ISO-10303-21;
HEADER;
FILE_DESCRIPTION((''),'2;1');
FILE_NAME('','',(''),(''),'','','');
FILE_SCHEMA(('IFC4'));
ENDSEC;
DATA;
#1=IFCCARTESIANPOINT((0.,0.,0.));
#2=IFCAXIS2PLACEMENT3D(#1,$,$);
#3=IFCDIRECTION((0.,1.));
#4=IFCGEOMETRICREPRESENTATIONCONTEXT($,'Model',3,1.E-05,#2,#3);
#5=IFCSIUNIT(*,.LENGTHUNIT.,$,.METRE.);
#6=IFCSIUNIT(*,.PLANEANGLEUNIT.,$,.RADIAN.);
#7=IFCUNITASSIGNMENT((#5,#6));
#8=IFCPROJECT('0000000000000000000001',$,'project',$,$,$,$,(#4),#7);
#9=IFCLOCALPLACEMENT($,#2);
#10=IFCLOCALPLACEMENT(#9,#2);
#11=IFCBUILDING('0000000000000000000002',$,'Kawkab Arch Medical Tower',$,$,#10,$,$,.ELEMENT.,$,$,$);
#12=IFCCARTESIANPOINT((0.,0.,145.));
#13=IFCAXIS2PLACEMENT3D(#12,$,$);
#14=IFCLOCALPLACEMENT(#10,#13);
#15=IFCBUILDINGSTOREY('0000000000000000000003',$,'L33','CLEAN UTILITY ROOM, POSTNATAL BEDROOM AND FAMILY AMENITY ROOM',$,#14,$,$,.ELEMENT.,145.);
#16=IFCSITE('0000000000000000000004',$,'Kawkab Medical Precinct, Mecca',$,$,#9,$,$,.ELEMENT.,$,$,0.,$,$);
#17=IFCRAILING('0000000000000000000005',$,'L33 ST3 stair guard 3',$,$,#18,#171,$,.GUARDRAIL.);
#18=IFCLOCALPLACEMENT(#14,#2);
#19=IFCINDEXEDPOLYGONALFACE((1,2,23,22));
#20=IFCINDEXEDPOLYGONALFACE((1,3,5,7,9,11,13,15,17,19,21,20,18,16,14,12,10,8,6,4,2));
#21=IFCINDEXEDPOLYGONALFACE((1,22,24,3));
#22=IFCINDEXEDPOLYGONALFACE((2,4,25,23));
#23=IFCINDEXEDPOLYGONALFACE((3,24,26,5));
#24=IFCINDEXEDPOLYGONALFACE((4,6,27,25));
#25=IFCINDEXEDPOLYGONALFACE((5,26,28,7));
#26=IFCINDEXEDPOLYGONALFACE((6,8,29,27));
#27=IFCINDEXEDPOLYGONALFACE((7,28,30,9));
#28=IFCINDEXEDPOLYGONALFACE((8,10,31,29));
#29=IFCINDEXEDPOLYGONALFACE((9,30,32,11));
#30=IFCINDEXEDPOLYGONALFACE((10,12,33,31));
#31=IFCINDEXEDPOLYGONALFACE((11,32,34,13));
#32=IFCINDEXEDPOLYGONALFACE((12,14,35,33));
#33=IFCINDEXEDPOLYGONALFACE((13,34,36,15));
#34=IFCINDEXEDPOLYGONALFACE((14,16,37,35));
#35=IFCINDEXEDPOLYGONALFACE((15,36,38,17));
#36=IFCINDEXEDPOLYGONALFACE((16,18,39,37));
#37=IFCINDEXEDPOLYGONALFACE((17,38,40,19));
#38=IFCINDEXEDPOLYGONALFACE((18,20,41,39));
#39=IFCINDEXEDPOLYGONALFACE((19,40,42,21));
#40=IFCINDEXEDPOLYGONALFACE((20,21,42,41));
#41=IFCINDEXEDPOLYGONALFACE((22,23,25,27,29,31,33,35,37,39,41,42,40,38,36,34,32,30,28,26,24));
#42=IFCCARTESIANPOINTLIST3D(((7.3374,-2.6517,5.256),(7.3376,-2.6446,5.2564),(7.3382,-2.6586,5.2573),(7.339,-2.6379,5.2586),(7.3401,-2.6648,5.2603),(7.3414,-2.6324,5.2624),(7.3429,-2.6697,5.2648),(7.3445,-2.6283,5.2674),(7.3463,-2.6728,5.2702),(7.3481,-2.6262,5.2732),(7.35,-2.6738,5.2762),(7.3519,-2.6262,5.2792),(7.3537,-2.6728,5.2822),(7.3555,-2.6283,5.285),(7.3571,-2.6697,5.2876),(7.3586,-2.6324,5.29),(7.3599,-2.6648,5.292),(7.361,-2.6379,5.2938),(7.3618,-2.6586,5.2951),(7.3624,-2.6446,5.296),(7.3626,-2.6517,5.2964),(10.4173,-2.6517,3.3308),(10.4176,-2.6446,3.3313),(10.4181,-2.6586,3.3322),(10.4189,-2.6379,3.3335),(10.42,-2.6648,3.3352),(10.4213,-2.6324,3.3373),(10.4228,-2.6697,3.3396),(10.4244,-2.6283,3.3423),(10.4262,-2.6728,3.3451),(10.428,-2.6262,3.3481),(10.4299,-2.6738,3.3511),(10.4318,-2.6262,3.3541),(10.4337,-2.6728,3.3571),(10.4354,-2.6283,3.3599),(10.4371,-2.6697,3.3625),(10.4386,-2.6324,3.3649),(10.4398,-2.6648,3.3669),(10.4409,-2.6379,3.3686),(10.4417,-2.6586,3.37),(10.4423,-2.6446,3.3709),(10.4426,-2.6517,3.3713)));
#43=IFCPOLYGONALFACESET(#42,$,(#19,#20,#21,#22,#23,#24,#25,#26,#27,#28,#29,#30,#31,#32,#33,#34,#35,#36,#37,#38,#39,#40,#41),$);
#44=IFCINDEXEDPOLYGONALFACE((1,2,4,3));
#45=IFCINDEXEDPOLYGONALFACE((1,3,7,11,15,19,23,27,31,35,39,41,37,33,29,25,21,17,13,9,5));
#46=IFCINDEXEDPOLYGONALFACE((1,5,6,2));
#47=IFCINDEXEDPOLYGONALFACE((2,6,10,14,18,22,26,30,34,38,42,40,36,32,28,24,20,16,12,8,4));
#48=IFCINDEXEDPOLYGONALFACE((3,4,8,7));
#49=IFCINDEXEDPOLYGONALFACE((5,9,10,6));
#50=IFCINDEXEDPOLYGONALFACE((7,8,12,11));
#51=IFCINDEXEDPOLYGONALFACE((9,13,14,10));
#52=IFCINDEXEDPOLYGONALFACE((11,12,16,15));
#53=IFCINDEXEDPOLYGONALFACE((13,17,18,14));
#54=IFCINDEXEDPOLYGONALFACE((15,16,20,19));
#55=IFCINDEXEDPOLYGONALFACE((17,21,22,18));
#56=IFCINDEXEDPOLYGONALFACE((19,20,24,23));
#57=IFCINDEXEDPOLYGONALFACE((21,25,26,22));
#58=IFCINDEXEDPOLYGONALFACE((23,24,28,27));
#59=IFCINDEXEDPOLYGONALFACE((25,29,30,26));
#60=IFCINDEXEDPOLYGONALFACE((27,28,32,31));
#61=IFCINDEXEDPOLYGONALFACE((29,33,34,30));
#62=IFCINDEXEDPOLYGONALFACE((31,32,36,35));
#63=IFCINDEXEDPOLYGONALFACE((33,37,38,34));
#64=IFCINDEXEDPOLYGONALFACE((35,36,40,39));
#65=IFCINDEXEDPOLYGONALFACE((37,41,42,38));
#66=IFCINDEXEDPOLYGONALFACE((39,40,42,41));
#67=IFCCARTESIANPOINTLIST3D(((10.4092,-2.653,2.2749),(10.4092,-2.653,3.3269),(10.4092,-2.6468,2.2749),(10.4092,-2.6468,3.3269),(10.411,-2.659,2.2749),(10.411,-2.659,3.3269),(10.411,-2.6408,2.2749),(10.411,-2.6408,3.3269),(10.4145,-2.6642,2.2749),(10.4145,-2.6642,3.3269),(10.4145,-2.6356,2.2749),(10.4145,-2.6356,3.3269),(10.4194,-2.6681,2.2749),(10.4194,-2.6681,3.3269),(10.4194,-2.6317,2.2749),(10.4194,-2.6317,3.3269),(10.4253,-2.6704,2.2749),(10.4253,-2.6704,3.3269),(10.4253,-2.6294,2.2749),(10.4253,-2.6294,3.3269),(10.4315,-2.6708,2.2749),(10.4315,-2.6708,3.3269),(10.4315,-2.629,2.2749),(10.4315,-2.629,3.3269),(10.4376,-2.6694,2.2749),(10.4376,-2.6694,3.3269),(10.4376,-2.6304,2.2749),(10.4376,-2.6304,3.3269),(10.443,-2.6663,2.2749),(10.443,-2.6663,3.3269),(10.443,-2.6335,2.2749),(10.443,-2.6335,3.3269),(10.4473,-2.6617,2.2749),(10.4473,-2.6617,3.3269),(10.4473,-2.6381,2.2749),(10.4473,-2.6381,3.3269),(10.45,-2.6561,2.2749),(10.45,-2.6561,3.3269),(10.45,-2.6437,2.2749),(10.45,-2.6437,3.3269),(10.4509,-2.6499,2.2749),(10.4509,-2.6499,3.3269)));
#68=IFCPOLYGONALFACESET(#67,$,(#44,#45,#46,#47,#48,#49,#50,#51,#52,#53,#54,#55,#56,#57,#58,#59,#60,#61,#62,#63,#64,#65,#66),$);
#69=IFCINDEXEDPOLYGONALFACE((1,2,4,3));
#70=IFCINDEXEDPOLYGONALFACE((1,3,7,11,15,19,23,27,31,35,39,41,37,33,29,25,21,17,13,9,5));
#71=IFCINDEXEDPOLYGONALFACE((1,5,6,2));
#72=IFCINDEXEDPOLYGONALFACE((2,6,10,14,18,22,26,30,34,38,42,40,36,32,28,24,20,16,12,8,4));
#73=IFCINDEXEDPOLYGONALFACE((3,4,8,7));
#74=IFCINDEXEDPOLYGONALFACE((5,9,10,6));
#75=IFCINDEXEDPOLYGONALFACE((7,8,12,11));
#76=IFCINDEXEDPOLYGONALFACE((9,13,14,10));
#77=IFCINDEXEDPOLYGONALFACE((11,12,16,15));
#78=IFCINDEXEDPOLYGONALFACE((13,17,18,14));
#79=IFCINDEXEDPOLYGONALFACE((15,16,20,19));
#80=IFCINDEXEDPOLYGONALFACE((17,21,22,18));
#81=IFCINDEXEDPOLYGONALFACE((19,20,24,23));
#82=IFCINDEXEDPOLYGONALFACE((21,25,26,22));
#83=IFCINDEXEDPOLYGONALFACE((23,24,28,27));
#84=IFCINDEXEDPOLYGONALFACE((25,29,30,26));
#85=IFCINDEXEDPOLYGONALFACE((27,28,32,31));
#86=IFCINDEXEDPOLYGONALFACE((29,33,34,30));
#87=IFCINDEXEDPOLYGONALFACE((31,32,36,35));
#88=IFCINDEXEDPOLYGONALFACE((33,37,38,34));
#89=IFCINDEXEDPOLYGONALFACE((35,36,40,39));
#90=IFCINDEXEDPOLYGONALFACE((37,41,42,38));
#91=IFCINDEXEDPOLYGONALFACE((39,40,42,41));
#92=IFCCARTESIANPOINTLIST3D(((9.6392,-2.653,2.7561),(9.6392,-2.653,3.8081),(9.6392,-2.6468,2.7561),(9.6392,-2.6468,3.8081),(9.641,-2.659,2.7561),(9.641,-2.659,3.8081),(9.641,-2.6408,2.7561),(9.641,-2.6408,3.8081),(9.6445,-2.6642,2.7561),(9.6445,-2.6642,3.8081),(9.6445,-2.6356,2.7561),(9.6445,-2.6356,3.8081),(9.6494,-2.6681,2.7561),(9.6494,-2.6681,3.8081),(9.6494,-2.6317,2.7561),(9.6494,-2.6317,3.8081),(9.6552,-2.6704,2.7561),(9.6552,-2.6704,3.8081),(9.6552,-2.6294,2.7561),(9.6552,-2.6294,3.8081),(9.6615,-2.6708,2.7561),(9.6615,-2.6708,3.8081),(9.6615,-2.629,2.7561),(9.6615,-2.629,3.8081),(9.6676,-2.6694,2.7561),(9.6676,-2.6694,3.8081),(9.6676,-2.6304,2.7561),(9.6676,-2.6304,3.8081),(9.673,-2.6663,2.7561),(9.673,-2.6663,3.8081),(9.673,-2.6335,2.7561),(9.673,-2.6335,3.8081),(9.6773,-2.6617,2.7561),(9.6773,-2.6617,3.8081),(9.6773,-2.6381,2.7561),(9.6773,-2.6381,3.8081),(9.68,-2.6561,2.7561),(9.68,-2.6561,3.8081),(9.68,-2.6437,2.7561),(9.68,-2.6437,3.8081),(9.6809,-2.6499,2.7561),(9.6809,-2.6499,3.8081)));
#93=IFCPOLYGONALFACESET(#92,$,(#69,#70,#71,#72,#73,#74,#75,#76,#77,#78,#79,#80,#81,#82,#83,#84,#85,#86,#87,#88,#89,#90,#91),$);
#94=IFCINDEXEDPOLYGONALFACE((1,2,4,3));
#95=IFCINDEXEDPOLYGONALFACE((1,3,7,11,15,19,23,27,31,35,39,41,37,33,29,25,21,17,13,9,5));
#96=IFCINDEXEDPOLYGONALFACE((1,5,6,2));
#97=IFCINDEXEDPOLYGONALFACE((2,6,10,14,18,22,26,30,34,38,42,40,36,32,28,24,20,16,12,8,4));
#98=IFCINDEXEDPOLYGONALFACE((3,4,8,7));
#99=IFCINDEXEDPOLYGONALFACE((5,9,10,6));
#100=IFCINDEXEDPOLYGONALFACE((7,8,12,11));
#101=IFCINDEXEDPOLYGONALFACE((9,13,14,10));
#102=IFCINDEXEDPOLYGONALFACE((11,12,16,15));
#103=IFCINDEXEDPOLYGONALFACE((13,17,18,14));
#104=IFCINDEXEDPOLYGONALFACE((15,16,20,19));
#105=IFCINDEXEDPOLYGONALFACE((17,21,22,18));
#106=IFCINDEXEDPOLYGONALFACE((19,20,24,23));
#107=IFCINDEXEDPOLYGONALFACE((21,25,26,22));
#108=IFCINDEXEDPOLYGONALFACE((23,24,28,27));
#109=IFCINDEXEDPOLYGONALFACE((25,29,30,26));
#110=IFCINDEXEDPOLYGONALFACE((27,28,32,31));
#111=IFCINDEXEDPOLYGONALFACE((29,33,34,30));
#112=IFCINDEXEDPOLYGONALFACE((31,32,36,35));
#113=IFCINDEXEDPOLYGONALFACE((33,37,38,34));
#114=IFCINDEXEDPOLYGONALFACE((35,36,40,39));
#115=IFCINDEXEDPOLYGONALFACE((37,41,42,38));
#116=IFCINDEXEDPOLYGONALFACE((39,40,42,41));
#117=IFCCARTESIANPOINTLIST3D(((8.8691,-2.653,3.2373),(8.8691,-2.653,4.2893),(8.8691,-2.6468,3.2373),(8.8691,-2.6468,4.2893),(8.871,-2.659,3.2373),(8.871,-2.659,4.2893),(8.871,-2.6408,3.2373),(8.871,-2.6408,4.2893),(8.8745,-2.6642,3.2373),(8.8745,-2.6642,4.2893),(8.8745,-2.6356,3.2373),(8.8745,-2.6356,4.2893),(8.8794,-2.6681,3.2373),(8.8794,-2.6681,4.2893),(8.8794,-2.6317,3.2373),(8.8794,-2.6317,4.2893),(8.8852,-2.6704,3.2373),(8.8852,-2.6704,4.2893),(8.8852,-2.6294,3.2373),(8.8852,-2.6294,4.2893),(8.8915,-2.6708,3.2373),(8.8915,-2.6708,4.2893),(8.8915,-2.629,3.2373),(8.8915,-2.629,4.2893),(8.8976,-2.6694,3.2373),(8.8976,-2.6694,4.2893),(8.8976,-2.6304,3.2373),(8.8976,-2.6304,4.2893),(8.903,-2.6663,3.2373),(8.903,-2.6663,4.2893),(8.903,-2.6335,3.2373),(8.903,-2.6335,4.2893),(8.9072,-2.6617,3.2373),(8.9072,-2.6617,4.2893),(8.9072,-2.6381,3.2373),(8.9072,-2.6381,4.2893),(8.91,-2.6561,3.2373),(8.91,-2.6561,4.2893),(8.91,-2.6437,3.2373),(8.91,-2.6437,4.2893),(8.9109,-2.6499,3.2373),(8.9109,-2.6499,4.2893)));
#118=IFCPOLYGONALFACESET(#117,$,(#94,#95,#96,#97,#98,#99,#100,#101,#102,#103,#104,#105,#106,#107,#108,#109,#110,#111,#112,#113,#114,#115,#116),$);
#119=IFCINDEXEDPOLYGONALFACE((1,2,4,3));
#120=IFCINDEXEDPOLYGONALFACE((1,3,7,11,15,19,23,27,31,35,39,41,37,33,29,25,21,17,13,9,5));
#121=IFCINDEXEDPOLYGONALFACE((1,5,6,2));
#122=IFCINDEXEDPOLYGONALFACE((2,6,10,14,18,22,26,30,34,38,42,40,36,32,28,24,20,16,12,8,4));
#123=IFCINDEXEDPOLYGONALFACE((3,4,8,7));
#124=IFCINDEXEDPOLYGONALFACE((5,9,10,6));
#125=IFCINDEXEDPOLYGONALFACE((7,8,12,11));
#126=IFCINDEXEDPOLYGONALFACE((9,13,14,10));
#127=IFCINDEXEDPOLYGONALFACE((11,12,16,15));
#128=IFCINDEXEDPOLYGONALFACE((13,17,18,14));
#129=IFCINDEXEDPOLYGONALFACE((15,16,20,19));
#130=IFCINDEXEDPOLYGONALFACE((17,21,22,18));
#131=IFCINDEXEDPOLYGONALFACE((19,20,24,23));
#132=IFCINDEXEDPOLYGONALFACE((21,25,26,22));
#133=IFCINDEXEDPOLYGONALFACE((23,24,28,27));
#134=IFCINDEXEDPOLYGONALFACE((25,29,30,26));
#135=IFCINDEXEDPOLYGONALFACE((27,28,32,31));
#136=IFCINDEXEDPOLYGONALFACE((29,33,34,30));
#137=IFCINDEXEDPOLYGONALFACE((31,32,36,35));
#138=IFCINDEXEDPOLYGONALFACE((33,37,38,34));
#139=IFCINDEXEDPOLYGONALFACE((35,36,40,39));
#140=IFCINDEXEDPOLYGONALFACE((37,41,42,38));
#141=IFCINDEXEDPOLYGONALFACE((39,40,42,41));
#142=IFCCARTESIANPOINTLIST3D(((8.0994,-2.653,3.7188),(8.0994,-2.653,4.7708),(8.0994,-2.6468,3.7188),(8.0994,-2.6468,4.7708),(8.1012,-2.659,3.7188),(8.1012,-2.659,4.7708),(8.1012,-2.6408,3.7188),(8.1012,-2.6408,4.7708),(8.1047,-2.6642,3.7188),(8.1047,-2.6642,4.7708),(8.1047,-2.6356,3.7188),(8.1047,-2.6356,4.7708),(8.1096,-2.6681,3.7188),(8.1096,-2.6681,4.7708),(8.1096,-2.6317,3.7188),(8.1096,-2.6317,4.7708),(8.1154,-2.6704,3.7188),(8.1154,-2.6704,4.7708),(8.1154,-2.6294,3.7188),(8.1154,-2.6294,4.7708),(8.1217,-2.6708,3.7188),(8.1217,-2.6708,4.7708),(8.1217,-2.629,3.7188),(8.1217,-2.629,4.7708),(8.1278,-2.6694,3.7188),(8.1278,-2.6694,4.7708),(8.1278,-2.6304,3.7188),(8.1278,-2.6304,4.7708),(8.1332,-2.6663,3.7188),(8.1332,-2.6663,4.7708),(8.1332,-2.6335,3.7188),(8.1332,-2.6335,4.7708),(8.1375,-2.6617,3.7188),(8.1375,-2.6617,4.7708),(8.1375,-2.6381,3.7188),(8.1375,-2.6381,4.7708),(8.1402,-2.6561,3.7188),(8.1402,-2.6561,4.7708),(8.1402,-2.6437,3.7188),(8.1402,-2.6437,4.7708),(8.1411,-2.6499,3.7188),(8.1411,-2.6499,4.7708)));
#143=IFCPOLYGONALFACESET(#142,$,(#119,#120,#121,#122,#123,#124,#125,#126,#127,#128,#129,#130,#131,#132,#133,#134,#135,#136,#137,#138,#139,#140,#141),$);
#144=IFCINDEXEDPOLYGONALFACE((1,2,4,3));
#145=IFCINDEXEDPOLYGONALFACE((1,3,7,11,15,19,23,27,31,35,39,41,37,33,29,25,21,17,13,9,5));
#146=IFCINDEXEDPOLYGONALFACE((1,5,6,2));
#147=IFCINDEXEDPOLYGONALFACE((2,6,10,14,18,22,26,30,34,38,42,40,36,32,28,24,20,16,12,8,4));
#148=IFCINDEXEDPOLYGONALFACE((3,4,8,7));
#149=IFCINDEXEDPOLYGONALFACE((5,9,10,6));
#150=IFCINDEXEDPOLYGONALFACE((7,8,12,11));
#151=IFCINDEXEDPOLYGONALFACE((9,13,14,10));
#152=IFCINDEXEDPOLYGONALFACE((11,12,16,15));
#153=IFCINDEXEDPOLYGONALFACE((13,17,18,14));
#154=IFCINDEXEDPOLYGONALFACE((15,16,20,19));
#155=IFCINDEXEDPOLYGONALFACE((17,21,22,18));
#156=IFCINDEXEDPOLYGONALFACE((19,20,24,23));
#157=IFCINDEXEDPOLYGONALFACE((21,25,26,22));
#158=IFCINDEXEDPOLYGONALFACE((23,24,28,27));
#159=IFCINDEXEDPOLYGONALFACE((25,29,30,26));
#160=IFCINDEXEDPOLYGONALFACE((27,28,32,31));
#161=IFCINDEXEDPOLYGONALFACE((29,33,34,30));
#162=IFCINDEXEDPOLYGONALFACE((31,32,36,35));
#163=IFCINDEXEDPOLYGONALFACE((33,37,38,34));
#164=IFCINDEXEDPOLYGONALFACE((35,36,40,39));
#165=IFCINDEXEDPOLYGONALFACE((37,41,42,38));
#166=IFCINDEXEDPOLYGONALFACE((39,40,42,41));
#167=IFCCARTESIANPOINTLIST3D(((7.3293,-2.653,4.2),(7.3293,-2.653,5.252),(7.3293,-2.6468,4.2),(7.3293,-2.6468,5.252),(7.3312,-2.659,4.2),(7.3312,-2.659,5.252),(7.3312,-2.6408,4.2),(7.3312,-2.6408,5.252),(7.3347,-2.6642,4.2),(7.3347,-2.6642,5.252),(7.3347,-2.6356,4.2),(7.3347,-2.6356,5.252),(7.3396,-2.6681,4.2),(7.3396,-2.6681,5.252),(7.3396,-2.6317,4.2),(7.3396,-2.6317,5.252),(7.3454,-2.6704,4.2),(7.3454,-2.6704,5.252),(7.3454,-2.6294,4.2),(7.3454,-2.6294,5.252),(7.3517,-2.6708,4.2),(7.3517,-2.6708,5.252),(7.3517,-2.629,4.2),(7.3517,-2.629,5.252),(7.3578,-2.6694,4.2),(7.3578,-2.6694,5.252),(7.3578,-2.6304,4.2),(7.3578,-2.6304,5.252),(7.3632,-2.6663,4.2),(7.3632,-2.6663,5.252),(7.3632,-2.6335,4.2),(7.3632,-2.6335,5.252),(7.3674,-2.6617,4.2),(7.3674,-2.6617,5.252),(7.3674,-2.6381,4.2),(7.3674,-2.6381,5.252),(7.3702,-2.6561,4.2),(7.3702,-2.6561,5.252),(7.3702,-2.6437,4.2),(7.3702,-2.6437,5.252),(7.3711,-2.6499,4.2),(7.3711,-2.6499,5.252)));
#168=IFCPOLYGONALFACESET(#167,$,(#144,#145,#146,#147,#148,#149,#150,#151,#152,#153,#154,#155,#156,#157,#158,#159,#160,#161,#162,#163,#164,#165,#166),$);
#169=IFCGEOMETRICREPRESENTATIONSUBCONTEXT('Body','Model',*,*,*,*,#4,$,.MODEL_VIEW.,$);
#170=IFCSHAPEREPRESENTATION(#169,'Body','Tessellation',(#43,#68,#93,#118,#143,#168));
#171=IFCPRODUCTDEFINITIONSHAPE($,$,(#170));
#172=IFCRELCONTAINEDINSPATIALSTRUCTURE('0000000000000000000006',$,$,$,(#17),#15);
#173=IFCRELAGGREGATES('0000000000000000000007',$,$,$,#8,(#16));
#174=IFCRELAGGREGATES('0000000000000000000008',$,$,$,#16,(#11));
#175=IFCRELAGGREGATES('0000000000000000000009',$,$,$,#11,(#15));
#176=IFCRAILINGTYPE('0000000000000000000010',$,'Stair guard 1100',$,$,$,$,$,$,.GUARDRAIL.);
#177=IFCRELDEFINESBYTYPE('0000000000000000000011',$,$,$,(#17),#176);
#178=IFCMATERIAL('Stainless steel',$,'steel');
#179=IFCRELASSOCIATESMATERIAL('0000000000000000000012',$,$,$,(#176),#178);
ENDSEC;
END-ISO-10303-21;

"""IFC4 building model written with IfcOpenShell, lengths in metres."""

from ifc_helpers import new_model, si_unit, direction, frame, origin, origin_2d, place, context, subcontext, project, spatial, circle, extrude, material, type_object, element, save


model = new_model("IFC4")

# Units and contexts
model_context = context("Model", 3, precision=1e-05, world=origin(), true_north=direction((0.0, 1.0)))
body_context = subcontext(model_context, "Body", "Model", "MODEL_VIEW")
ifc_project = project(units=[si_unit("LENGTHUNIT", "METRE"), si_unit("PLANEANGLEUNIT", "RADIAN")], contexts=[model_context])

# Site, building, storey
site_placement = place(None, origin())
site = spatial("IfcSite", under=ifc_project, at=site_placement, Name="Kawkab Medical Precinct, Mecca", CompositionType="ELEMENT", RefElevation=0.0)
building_placement = place(site_placement, origin())
building = spatial("IfcBuilding", under=site, at=building_placement, Name="Kawkab Arch Medical Tower", CompositionType="ELEMENT")
storey_placement = place(building_placement, frame((0.0, 0.0, 145.0)))
storey = spatial("IfcBuildingStorey", under=building, at=storey_placement, Name="L33", Description="CLEAN UTILITY ROOM, POSTNATAL BEDROOM AND FAMILY AMENITY ROOM", CompositionType="ELEMENT", Elevation=145.0)

# Railing
ifc_material_1 = material(Name="Stainless steel", Category="steel")
railing_type_1 = type_object("IfcRailingType", Name="Stair guard 1100", PredefinedType="GUARDRAIL", material=ifc_material_1)
railing_1_placement = place(storey_placement, frame((10.4299, -2.6499, 2.2749)))
element("IfcRailing", 1, at=railing_1_placement, inside=storey, type_object=railing_type_1, Name="L33 ST3 stair guard 3", PredefinedType="GUARDRAIL", context=body_context, shape_type="SweptSolid", body=[
    extrude(circle(Radius=0.0239, at=origin_2d()), frame((0.0, 0.0, 1.0762), z_axis=(-0.847979, 0.0, 0.530029), x_axis=(0.0, -1.0, 0.0)), (0.0, 0.0, 1.0), 3.6321),
    extrude(circle(Radius=0.021, at=origin_2d()), origin(), (0.0, 0.0, 1.0), 1.052),
    extrude(circle(Radius=0.021, at=origin_2d()), frame((-0.77, 0.0, 0.4812)), (0.0, 0.0, 1.0), 1.052),
    extrude(circle(Radius=0.021, at=origin_2d()), frame((-1.54, 0.0, 0.9624)), (0.0, 0.0, 1.0), 1.052),
    extrude(circle(Radius=0.021, at=origin_2d()), frame((-2.3098, 0.0, 1.4438)), (0.0, 0.0, 1.0), 1.052),
    extrude(circle(Radius=0.021, at=origin_2d()), frame((-3.0798, 0.0, 1.925)), (0.0, 0.0, 1.0), 1.052),
])

save(model, "model.ifc")
